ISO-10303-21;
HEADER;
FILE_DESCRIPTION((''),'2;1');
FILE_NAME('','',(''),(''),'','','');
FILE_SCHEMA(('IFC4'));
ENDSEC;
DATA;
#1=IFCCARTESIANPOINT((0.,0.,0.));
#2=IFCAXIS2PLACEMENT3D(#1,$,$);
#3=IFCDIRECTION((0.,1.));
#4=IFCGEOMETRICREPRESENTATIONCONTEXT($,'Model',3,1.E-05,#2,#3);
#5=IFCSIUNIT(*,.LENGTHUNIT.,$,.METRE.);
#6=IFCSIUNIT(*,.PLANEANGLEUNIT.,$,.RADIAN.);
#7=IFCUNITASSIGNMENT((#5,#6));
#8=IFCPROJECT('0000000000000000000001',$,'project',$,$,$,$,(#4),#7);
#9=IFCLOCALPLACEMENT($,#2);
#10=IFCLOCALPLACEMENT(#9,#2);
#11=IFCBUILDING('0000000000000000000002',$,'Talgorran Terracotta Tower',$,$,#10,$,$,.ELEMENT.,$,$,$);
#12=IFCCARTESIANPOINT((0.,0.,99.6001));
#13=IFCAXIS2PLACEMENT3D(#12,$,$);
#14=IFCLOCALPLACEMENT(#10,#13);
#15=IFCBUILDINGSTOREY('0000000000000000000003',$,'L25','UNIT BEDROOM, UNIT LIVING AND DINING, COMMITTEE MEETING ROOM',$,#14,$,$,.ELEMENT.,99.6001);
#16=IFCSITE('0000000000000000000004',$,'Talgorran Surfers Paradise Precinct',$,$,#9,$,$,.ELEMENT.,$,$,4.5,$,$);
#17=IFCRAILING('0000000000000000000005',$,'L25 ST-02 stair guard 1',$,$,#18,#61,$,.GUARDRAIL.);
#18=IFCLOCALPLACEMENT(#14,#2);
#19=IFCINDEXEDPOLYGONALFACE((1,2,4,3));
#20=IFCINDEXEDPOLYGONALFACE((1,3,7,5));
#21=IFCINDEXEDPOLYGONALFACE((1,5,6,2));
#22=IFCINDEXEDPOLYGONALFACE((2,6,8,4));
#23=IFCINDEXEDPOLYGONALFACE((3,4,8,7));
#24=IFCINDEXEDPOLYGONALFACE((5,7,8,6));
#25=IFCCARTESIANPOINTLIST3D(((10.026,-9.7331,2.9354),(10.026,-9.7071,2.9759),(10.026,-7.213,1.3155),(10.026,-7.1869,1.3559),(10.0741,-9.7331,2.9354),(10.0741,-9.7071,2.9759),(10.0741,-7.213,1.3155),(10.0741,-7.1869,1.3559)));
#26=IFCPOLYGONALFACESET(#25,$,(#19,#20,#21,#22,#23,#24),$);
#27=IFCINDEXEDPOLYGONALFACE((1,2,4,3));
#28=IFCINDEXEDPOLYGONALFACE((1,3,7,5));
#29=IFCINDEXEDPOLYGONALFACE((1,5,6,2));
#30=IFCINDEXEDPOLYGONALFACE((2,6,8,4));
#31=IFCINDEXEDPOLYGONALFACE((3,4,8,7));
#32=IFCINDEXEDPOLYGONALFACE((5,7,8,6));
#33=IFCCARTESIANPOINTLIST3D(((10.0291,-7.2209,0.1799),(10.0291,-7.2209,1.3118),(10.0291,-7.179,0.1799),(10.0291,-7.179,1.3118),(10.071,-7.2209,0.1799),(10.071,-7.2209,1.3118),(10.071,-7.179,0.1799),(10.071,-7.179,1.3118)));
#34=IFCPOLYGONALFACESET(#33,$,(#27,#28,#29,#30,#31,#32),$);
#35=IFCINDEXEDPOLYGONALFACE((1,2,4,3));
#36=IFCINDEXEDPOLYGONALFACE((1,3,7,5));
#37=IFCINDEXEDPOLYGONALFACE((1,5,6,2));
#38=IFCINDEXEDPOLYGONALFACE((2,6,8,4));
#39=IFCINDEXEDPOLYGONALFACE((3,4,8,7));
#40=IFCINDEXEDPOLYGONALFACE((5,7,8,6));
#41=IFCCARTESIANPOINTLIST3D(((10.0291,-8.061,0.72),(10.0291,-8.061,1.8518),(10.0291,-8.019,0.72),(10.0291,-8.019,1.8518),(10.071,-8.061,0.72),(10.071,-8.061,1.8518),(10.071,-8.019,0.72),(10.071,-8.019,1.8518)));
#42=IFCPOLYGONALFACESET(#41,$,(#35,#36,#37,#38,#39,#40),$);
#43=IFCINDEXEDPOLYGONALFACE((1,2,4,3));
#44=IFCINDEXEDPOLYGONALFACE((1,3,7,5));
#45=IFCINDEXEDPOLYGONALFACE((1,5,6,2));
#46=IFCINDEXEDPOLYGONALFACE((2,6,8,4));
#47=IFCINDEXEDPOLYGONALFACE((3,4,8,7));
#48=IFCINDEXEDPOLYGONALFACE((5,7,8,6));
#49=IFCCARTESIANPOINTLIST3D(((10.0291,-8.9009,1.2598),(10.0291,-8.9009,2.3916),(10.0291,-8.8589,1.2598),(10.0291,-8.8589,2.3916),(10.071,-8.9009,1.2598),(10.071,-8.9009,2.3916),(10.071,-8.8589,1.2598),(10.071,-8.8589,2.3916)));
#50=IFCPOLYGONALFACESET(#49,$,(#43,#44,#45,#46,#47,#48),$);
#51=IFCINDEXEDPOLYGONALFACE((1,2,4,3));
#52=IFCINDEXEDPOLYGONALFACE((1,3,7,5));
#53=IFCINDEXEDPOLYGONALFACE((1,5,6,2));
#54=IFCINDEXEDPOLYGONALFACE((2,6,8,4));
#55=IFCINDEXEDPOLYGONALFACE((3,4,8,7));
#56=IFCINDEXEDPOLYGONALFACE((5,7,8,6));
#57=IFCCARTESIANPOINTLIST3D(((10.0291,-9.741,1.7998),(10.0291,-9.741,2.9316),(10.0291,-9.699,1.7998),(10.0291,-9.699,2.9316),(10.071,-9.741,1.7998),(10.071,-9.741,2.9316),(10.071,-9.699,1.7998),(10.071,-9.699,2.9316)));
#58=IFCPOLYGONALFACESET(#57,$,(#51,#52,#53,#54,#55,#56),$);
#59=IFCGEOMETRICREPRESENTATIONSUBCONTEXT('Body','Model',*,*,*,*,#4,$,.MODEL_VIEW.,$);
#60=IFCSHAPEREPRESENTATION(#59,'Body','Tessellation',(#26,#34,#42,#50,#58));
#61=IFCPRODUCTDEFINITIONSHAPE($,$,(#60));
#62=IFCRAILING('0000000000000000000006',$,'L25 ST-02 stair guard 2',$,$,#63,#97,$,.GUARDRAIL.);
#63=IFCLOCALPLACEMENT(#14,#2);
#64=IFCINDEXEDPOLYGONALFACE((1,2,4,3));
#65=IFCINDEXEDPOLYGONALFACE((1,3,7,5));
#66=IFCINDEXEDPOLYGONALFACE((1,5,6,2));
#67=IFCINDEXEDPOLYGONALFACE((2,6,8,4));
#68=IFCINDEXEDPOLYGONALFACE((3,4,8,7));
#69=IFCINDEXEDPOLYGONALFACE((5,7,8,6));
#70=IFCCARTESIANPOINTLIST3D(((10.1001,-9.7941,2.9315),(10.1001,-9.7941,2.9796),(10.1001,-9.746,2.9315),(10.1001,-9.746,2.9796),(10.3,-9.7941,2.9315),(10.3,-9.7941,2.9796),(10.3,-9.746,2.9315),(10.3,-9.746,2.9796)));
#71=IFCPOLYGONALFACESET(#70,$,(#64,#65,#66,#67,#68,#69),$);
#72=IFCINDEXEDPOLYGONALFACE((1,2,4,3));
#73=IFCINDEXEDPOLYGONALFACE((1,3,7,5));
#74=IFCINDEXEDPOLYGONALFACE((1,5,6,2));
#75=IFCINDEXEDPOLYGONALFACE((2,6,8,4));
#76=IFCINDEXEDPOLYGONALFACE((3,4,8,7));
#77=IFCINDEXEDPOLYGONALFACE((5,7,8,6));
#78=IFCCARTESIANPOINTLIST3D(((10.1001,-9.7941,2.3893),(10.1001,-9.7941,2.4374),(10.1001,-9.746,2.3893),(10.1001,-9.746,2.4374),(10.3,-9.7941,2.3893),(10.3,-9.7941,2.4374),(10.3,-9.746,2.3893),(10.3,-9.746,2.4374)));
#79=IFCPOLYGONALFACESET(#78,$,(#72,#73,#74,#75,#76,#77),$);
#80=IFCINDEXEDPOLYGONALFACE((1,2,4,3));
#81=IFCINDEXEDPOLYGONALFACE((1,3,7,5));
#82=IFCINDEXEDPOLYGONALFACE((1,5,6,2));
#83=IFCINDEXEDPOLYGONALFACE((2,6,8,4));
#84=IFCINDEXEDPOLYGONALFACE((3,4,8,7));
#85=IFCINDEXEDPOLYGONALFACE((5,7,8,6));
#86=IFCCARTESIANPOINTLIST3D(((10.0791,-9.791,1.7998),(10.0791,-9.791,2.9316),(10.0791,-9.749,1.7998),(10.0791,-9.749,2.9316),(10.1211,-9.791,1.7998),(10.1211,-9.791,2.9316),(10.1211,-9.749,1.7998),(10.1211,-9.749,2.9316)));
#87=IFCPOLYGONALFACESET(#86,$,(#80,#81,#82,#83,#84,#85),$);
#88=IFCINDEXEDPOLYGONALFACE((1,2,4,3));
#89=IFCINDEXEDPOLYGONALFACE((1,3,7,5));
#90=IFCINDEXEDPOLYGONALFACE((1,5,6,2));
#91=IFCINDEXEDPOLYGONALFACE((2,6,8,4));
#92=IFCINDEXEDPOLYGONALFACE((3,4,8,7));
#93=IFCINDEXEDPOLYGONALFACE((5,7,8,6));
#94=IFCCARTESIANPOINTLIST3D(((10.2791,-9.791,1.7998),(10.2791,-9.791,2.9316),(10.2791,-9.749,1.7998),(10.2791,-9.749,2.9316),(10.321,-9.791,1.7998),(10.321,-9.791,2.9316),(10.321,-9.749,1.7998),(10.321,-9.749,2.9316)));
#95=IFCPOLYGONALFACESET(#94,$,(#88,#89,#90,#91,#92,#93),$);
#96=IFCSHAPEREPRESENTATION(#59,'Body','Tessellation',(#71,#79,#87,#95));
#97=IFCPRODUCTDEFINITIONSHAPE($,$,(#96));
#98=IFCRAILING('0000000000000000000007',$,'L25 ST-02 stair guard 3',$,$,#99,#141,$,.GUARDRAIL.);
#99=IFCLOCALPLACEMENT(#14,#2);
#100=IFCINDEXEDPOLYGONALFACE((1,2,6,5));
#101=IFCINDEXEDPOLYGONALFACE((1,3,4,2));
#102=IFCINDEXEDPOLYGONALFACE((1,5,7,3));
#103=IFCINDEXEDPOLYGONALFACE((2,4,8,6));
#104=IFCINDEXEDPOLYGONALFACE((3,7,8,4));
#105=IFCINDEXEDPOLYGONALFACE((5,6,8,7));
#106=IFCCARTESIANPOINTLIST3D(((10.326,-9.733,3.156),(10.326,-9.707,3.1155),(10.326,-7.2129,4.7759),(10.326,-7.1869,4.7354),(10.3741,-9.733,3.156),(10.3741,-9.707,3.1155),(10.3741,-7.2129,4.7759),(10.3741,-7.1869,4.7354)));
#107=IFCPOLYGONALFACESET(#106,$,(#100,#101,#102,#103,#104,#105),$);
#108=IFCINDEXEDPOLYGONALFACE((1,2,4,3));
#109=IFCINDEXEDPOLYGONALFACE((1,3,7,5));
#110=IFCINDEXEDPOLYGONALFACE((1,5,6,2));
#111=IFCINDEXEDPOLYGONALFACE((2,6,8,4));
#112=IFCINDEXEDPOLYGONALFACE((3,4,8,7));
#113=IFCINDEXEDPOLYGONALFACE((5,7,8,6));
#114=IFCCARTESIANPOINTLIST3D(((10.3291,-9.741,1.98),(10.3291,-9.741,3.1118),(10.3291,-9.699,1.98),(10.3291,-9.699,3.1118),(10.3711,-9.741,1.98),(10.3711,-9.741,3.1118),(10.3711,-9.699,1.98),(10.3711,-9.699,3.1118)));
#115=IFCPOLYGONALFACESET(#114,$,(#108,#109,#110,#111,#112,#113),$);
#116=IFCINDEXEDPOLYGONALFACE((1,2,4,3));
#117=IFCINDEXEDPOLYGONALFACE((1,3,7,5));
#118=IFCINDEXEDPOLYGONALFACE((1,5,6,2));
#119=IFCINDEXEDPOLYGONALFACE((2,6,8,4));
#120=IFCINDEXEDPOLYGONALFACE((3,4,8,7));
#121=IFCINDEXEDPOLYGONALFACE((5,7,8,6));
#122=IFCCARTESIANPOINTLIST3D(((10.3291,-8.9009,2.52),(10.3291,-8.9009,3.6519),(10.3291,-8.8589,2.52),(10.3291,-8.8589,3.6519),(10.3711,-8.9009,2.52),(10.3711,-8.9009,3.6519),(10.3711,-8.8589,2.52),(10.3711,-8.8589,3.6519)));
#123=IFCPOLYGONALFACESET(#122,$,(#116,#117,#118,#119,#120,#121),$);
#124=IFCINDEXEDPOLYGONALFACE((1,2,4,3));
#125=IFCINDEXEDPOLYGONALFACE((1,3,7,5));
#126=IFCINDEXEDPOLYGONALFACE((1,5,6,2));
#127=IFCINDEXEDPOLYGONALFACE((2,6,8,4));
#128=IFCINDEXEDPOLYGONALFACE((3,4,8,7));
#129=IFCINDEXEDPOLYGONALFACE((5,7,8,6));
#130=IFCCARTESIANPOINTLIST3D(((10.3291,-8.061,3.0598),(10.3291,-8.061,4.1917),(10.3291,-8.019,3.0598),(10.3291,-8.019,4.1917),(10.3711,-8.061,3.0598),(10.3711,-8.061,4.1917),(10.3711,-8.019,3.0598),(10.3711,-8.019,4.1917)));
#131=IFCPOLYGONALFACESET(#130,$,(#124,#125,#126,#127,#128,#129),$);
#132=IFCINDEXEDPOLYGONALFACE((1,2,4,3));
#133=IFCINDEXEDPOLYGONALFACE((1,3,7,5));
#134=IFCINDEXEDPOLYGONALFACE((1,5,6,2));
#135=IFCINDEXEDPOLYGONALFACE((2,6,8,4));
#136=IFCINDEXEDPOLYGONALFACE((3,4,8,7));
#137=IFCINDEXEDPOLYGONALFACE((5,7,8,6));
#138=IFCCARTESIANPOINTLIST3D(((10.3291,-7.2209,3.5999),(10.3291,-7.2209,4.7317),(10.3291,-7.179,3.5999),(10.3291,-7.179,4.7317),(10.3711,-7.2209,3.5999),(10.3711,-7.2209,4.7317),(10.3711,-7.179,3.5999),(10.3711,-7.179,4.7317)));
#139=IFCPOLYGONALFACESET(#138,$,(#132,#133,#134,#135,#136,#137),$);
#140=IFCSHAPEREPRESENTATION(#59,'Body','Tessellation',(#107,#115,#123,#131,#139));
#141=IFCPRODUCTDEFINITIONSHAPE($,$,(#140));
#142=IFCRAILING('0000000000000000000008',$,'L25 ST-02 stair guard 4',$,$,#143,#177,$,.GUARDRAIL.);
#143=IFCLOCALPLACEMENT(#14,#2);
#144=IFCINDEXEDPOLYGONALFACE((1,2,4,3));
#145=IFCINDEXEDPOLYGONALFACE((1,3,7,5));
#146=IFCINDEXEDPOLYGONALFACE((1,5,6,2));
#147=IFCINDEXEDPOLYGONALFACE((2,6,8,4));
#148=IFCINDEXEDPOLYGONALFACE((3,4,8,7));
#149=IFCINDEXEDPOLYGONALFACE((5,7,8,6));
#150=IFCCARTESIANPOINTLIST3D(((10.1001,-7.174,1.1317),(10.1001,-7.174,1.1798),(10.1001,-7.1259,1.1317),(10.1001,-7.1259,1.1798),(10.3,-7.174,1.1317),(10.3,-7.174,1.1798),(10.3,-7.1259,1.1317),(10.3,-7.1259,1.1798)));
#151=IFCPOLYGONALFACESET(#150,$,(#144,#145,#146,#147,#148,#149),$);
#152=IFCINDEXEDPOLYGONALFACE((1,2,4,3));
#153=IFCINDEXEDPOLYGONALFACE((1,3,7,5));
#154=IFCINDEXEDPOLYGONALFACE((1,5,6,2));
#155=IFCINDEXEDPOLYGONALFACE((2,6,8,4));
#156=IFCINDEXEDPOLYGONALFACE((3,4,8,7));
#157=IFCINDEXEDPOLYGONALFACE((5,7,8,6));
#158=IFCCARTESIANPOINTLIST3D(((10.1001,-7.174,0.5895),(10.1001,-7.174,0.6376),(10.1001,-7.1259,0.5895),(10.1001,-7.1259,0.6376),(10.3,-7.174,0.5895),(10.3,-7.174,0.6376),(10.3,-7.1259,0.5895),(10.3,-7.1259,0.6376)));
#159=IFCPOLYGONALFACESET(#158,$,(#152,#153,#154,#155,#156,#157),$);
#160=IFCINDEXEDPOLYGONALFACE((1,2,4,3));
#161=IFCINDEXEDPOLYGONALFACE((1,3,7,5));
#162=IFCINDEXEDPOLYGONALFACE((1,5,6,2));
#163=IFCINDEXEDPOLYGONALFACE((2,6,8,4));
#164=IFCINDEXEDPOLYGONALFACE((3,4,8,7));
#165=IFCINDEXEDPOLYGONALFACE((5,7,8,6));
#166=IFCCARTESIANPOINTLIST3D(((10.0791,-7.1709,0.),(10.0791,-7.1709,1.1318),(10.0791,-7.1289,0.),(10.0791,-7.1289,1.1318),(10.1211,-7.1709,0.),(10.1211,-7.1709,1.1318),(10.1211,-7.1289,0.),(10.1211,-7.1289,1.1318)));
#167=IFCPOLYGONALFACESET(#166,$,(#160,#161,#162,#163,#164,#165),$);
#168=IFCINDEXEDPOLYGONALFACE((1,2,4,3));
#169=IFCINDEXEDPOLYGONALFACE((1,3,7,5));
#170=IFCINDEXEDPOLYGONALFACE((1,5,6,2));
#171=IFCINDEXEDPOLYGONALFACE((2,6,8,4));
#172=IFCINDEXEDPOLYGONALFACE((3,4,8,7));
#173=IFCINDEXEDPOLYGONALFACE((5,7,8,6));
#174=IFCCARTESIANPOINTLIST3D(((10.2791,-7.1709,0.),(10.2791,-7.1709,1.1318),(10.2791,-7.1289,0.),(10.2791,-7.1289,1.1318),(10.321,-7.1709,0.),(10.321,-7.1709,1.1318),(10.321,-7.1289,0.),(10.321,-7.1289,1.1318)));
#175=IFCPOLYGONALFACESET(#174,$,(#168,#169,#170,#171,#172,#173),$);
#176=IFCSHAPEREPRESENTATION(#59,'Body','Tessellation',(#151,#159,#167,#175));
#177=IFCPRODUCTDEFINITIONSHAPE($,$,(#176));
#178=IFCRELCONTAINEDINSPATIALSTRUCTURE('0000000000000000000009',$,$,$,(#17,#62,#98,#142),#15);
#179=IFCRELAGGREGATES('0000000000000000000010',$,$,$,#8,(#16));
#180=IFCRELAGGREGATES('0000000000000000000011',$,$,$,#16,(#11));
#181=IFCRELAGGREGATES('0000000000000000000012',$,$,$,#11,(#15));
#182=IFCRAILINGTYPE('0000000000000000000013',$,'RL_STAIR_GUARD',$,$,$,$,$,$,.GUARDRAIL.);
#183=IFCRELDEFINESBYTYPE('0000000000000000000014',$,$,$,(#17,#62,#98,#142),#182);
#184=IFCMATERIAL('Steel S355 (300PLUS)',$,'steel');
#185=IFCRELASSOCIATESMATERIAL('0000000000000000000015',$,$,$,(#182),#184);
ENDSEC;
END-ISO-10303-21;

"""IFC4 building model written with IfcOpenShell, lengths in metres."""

from ifc_helpers import new_model, si_unit, direction, frame, origin, origin_2d, place, context, subcontext, project, spatial, rectangle, extrude, material, type_object, element, save


model = new_model("IFC4")

# Units and contexts
model_context = context("Model", 3, precision=1e-05, world=origin(), true_north=direction((0.0, 1.0)))
body_context = subcontext(model_context, "Body", "Model", "MODEL_VIEW")
ifc_project = project(units=[si_unit("LENGTHUNIT", "METRE"), si_unit("PLANEANGLEUNIT", "RADIAN")], contexts=[model_context])

# Site, building, storey
site_placement = place(None, origin())
site = spatial("IfcSite", under=ifc_project, at=site_placement, Name="Talgorran Surfers Paradise Precinct", CompositionType="ELEMENT", RefElevation=4.5)
building_placement = place(site_placement, origin())
building = spatial("IfcBuilding", under=site, at=building_placement, Name="Talgorran Terracotta Tower", CompositionType="ELEMENT")
storey_placement = place(building_placement, frame((0.0, 0.0, 99.6001)))
storey = spatial("IfcBuildingStorey", under=building, at=storey_placement, Name="L25", Description="UNIT BEDROOM, UNIT LIVING AND DINING, COMMITTEE MEETING ROOM", CompositionType="ELEMENT", Elevation=99.6001)

# Shared definitions
ifc_material_1 = material(Name="Steel S355 (300PLUS)", Category="steel")

# Railings
railing_type_1 = type_object("IfcRailingType", Name="RL_STAIR_GUARD", PredefinedType="GUARDRAIL", material=ifc_material_1)
railing_1_placement = place(storey_placement, frame((10.05, -7.2, 0.1799)))
element("IfcRailing", 1, at=railing_1_placement, inside=storey, type_object=railing_type_1, Name="L25 ST-02 stair guard 1", PredefinedType="GUARDRAIL", context=body_context, shape_type="SweptSolid", body=[
    extrude(rectangle(XDim=0.0481, YDim=0.0481, at=origin_2d()), frame((0.0, 0.0, 1.1558), z_axis=(0.0, -0.8412, 0.540725), x_axis=(1.0, 0.0, 0.0)), (0.0, 0.0, 1.0), 2.9958),
    extrude(rectangle(XDim=0.042, YDim=0.042, at=origin_2d()), origin(), (0.0, 0.0, 1.0), 1.1318),
    extrude(rectangle(XDim=0.042, YDim=0.042, at=origin_2d()), frame((0.0, -0.8401, 0.54)), (0.0, 0.0, 1.0), 1.1318),
    extrude(rectangle(XDim=0.042, YDim=0.042, at=origin_2d()), frame((0.0, -1.6799, 1.0798)), (0.0, 0.0, 1.0), 1.1318),
    extrude(rectangle(XDim=0.042, YDim=0.042, at=origin_2d()), frame((0.0, -2.52, 1.6199)), (0.0, 0.0, 1.0), 1.1318),
])
railing_2_placement = place(storey_placement, frame((10.1001, -9.77, 1.7998)))
element("IfcRailing", 2, at=railing_2_placement, inside=storey, type_object=railing_type_1, Name="L25 ST-02 stair guard 2", PredefinedType="GUARDRAIL", context=body_context, shape_type="SweptSolid", body=[
    extrude(rectangle(XDim=0.0481, YDim=0.0481, at=origin_2d()), frame((0.0, 0.0, 1.1558), z_axis=(1.0, 0.0, 0.0), x_axis=(0.0, 1.0, 0.0)), (0.0, 0.0, 1.0), 0.2),
    extrude(rectangle(XDim=0.0481, YDim=0.0481, at=origin_2d()), frame((0.0, 0.0, 0.6135), z_axis=(1.0, 0.0, 0.0), x_axis=(0.0, 1.0, 0.0)), (0.0, 0.0, 1.0), 0.2),
    extrude(rectangle(XDim=0.042, YDim=0.042, at=origin_2d()), origin(), (0.0, 0.0, 1.0), 1.1318),
    extrude(rectangle(XDim=0.042, YDim=0.042, at=origin_2d()), frame((0.2, 0.0, 0.0)), (0.0, 0.0, 1.0), 1.1318),
])
railing_3_placement = place(storey_placement, frame((10.3501, -9.72, 1.98)))
element("IfcRailing", 3, at=railing_3_placement, inside=storey, type_object=railing_type_1, Name="L25 ST-02 stair guard 3", PredefinedType="GUARDRAIL", context=body_context, shape_type="SweptSolid", body=[
    extrude(rectangle(XDim=0.0481, YDim=0.0481, at=origin_2d()), frame((0.0, 0.0, 1.1558), z_axis=(0.0, 0.8412, 0.540725), x_axis=(-1.0, 0.0, 0.0)), (0.0, 0.0, 1.0), 2.9958),
    extrude(rectangle(XDim=0.042, YDim=0.042, at=origin_2d()), origin(), (0.0, 0.0, 1.0), 1.1318),
    extrude(rectangle(XDim=0.042, YDim=0.042, at=origin_2d()), frame((0.0, 0.8401, 0.54)), (0.0, 0.0, 1.0), 1.1318),
    extrude(rectangle(XDim=0.042, YDim=0.042, at=origin_2d()), frame((0.0, 1.6799, 1.0798)), (0.0, 0.0, 1.0), 1.1318),
    extrude(rectangle(XDim=0.042, YDim=0.042, at=origin_2d()), frame((0.0, 2.52, 1.6199)), (0.0, 0.0, 1.0), 1.1318),
])
railing_4_placement = place(storey_placement, frame((10.1001, -7.1499, 0.0)))
element("IfcRailing", 4, at=railing_4_placement, inside=storey, type_object=railing_type_1, Name="L25 ST-02 stair guard 4", PredefinedType="GUARDRAIL", context=body_context, shape_type="SweptSolid", body=[
    extrude(rectangle(XDim=0.0481, YDim=0.0481, at=origin_2d()), frame((0.0, 0.0, 1.1558), z_axis=(1.0, 0.0, 0.0), x_axis=(0.0, 1.0, 0.0)), (0.0, 0.0, 1.0), 0.2),
    extrude(rectangle(XDim=0.0481, YDim=0.0481, at=origin_2d()), frame((0.0, 0.0, 0.6135), z_axis=(1.0, 0.0, 0.0), x_axis=(0.0, 1.0, 0.0)), (0.0, 0.0, 1.0), 0.2),
    extrude(rectangle(XDim=0.042, YDim=0.042, at=origin_2d()), origin(), (0.0, 0.0, 1.0), 1.1318),
    extrude(rectangle(XDim=0.042, YDim=0.042, at=origin_2d()), frame((0.2, 0.0, 0.0)), (0.0, 0.0, 1.0), 1.1318),
])

save(model, "model.ifc")
